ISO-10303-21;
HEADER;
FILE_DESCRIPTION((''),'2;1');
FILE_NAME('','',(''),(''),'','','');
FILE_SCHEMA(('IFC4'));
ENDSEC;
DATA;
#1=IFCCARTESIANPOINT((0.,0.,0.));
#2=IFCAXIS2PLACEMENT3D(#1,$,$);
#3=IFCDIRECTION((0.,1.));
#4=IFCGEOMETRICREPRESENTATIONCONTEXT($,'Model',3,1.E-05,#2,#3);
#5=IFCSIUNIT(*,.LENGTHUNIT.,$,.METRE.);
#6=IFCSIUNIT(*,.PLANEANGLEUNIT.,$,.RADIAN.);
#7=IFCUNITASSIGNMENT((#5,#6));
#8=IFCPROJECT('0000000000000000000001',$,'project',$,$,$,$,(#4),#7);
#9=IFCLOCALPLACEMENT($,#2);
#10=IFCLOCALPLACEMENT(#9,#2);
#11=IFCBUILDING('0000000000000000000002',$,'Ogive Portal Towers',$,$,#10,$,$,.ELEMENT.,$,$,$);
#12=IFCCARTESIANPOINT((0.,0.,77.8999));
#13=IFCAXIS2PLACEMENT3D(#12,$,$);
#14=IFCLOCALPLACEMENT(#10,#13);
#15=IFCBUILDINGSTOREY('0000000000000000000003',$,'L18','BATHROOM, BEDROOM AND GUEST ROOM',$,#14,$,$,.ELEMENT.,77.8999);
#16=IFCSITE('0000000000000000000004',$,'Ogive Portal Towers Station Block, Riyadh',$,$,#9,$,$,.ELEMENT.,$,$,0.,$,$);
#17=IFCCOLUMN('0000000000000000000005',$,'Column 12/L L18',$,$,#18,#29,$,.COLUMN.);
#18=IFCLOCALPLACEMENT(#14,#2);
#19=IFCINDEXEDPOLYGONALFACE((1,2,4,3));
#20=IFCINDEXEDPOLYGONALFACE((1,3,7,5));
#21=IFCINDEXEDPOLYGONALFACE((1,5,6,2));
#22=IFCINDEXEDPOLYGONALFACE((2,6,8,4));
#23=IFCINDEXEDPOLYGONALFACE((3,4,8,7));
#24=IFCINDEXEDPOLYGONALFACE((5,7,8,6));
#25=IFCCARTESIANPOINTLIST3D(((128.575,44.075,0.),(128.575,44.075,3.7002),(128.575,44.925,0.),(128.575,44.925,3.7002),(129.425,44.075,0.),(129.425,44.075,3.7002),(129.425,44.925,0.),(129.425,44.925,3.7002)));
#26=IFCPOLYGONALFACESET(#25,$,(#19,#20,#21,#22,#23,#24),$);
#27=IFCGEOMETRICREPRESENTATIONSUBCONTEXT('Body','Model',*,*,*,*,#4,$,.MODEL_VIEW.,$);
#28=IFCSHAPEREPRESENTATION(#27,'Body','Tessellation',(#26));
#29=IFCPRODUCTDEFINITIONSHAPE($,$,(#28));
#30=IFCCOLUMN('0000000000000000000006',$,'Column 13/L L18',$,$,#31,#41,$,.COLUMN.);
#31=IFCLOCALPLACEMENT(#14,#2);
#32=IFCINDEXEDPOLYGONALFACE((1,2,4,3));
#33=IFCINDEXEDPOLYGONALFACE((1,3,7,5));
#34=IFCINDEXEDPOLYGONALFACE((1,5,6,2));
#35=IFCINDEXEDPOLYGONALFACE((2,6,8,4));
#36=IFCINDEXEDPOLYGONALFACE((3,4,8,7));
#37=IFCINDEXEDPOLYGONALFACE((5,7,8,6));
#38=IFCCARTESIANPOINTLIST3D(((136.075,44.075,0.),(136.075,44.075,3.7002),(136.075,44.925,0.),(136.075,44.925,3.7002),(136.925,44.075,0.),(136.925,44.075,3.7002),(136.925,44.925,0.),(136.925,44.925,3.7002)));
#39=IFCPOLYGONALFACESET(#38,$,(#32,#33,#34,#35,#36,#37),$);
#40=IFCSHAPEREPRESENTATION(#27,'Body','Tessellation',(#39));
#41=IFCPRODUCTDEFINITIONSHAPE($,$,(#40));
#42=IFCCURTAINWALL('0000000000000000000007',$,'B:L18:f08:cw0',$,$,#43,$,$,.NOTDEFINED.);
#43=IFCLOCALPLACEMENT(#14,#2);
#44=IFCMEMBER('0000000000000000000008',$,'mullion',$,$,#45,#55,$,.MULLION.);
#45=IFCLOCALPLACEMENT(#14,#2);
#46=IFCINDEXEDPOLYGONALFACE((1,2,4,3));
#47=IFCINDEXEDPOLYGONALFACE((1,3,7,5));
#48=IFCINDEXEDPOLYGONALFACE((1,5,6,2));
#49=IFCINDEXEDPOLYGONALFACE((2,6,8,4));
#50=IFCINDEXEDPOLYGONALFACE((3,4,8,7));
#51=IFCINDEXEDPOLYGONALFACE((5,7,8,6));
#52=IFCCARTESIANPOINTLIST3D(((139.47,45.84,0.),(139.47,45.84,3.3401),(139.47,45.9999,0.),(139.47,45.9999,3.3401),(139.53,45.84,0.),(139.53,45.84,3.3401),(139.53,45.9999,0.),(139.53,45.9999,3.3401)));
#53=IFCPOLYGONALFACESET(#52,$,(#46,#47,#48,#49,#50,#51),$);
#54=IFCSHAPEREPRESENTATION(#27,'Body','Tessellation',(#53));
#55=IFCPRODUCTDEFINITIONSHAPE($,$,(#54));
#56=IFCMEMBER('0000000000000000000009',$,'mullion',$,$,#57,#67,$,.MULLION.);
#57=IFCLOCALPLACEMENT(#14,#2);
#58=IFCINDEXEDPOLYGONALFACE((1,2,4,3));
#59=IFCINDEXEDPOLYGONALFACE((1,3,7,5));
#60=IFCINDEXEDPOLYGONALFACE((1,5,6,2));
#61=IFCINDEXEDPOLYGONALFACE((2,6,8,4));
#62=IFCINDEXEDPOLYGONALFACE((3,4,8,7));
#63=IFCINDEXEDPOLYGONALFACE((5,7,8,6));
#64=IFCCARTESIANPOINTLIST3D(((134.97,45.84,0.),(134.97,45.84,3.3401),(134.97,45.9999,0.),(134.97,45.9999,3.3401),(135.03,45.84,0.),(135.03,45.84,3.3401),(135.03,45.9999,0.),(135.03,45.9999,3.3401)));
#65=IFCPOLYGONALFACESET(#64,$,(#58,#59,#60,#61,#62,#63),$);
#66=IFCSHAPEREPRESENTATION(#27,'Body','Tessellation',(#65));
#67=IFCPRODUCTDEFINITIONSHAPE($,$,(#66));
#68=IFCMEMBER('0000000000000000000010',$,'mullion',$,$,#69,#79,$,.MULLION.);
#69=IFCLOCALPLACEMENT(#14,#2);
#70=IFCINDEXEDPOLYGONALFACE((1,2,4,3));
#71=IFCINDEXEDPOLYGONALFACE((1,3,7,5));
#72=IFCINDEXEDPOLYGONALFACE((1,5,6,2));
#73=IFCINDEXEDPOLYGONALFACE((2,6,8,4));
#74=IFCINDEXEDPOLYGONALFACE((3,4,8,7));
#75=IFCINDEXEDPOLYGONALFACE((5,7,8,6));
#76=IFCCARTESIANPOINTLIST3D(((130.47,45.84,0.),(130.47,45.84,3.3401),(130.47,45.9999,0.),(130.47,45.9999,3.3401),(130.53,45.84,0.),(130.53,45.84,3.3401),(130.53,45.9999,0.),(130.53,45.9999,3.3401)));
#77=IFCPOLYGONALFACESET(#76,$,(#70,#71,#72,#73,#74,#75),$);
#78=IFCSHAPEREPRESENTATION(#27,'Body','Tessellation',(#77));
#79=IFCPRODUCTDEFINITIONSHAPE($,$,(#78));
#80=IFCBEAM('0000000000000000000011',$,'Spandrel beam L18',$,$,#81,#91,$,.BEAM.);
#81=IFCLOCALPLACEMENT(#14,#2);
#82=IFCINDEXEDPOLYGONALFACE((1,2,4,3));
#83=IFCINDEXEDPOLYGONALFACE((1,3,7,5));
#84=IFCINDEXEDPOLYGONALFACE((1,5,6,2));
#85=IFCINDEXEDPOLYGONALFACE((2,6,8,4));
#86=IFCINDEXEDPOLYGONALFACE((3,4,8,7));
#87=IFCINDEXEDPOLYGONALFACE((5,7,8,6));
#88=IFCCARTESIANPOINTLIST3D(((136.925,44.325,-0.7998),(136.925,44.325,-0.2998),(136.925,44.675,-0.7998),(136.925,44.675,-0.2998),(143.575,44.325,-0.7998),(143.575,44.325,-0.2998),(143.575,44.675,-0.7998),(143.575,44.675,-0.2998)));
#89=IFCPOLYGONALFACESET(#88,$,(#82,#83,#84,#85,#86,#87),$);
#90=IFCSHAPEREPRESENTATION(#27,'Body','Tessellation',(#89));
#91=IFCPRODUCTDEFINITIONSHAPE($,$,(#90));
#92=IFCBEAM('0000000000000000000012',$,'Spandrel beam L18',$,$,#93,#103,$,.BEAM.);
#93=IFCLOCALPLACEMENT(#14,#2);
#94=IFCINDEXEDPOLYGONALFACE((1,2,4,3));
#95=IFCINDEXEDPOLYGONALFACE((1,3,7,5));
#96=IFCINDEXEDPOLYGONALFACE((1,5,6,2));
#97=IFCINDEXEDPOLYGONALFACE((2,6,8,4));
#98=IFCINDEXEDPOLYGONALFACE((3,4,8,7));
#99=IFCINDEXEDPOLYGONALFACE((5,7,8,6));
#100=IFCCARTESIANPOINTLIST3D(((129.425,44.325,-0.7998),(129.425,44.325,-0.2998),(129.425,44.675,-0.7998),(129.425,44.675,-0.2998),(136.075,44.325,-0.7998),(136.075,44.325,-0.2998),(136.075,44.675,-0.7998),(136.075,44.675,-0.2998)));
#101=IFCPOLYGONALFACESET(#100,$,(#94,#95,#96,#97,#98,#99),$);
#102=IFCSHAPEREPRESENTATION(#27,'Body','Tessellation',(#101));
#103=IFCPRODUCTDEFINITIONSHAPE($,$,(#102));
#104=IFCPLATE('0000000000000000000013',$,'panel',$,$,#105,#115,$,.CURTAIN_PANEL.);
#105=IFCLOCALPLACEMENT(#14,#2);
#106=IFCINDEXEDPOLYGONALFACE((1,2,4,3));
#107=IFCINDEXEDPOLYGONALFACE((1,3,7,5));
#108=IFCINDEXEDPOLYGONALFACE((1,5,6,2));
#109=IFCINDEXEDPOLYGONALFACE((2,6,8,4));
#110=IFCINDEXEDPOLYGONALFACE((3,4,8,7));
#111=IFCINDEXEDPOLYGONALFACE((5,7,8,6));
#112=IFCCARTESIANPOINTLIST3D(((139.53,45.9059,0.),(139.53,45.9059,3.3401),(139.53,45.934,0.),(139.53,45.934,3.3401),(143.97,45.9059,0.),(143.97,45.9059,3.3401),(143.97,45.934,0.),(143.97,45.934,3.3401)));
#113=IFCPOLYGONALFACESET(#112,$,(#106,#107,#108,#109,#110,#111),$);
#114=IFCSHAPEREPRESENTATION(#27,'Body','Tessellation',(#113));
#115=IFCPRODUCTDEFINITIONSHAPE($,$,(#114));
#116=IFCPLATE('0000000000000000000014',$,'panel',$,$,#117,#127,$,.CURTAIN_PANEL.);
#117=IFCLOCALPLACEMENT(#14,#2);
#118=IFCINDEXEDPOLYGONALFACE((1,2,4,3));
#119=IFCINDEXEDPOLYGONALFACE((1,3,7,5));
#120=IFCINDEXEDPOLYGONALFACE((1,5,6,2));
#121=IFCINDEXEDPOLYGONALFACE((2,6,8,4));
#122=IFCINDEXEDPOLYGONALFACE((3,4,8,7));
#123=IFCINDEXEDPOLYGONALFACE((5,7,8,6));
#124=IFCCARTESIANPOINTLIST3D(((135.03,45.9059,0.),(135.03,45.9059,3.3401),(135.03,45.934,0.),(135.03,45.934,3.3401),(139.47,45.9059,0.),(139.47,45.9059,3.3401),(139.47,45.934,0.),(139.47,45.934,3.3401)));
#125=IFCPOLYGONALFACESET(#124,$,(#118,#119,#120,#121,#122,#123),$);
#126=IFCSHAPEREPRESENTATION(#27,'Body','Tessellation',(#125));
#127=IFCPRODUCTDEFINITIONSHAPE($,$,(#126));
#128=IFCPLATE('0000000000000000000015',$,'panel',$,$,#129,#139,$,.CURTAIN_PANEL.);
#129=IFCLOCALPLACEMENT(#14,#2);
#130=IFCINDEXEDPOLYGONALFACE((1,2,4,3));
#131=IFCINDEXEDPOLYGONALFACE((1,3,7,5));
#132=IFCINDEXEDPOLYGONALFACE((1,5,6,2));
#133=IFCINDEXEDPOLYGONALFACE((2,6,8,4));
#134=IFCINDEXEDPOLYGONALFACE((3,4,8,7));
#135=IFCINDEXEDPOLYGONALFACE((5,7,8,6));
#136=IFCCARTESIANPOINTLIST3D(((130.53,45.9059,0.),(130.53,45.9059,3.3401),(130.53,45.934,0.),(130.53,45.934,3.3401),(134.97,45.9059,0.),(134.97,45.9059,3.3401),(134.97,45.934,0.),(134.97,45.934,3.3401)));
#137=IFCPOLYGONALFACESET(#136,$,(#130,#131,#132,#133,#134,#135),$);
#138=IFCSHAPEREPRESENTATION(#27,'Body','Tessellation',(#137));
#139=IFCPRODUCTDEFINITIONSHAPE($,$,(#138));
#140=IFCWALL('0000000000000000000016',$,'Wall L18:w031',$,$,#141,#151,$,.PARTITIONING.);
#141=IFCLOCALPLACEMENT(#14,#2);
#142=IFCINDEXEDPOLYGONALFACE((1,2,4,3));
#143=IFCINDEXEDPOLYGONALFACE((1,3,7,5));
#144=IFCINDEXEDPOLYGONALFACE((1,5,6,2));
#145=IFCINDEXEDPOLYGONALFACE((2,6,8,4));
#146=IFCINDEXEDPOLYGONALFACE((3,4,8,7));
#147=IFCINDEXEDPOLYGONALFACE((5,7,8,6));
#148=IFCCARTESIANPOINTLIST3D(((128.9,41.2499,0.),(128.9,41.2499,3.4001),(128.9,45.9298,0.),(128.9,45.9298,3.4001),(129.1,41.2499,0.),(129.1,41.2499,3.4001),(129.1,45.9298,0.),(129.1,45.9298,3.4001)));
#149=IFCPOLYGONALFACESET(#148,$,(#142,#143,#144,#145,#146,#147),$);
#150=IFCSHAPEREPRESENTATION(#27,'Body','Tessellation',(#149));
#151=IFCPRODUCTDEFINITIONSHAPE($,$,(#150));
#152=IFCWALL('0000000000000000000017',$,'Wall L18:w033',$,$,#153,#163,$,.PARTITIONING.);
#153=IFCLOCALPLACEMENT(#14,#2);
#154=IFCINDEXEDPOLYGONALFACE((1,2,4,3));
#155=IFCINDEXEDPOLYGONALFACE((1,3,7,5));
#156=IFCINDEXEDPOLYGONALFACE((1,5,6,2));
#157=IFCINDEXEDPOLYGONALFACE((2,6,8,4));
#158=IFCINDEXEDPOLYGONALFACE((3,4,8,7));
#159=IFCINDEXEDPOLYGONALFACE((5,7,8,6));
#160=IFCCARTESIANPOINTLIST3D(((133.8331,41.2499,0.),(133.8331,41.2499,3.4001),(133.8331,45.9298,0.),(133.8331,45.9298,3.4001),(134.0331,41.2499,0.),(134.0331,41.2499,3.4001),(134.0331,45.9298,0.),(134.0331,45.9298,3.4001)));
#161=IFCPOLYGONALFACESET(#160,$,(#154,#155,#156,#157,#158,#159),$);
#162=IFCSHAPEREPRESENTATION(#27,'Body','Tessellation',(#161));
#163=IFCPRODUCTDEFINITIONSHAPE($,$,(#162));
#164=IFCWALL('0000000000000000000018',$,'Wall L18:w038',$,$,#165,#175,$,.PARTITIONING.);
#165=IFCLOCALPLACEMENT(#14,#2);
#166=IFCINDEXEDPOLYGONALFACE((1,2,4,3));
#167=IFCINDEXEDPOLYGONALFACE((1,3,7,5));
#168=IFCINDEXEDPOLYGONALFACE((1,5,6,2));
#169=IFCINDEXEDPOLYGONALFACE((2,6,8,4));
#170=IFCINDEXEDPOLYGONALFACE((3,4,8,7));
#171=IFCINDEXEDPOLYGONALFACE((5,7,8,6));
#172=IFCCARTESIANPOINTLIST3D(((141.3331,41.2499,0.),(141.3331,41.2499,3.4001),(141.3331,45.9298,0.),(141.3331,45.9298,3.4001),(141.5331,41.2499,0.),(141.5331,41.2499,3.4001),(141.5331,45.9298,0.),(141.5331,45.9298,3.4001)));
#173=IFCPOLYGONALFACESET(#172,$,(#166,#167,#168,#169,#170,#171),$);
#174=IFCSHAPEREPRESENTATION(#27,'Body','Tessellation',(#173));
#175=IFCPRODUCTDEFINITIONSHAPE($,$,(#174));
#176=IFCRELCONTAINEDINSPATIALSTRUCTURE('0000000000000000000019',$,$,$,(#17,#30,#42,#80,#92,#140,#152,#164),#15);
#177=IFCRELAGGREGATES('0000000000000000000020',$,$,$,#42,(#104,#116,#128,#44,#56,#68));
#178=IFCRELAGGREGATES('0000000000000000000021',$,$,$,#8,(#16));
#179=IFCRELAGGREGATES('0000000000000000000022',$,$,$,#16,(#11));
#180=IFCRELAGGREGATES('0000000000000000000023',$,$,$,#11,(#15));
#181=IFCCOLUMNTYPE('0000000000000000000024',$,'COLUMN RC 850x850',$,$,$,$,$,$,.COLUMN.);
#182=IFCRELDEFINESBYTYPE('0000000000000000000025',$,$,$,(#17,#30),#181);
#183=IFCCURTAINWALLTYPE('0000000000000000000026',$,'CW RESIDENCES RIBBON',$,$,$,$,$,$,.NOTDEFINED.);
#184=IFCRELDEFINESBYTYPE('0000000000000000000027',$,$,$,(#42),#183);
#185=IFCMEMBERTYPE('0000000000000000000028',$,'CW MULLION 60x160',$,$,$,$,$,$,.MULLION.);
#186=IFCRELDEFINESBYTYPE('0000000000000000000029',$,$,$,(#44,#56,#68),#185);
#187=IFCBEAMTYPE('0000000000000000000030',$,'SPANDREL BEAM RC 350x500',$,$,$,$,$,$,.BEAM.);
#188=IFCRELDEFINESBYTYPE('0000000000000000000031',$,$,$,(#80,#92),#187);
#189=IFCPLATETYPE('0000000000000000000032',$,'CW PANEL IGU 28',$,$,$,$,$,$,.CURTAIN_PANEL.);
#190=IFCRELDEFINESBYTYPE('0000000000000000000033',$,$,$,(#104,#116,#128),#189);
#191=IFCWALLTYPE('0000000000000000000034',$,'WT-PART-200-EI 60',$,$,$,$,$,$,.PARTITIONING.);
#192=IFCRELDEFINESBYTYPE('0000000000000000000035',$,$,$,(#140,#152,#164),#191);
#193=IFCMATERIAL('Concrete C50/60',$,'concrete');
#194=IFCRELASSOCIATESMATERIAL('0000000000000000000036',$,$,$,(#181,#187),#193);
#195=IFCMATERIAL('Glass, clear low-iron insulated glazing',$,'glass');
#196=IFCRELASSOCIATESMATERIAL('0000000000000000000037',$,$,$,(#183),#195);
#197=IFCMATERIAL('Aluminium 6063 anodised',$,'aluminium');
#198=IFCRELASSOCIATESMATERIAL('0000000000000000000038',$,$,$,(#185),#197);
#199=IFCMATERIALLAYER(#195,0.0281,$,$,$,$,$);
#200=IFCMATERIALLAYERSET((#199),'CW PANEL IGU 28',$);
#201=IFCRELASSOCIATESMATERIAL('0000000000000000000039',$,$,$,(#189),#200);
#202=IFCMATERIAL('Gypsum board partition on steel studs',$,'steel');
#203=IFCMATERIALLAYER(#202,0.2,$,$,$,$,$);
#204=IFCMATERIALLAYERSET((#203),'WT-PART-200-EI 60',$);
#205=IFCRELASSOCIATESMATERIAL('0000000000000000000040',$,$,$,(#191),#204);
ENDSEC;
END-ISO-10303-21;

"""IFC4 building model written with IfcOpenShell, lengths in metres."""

from ifc_helpers import new_model, si_unit, direction, frame, frame_2d, origin, origin_2d, place, context, subcontext, project, spatial, rectangle, extrude, material, layer, layer_set, material_profile, profile_set, type_object, element, aggregate, save


model = new_model("IFC4")

# Units and contexts
model_context = context("Model", 3, precision=1e-05, world=origin(), true_north=direction((0.0, 1.0)))
body_context = subcontext(model_context, "Body", "Model", "MODEL_VIEW")
ifc_project = project(units=[si_unit("LENGTHUNIT", "METRE"), si_unit("PLANEANGLEUNIT", "RADIAN")], contexts=[model_context])

# Site, building, storey
site_placement = place(None, origin())
site = spatial("IfcSite", under=ifc_project, at=site_placement, Name="Ogive Portal Towers Station Block, Riyadh", CompositionType="ELEMENT", RefElevation=0.0)
building_placement = place(site_placement, origin())
building = spatial("IfcBuilding", under=site, at=building_placement, Name="Ogive Portal Towers", CompositionType="ELEMENT")
storey_placement = place(building_placement, frame((0.0, 0.0, 77.8999)))
storey = spatial("IfcBuildingStorey", under=building, at=storey_placement, Name="L18", Description="BATHROOM, BEDROOM AND GUEST ROOM", CompositionType="ELEMENT", Elevation=77.8999)

# Columns
ifc_material_1 = material(Name="Concrete C50/60", Category="concrete")
ifc_material_profile_1 = material_profile(ifc_material_1, rectangle(XDim=0.8501, YDim=0.8501, at=origin_2d()), Name="RC 850x850")
ifc_profile_set_1 = profile_set([ifc_material_profile_1], Name="Concrete C50/60")
column_type = type_object("IfcColumnType", Name="COLUMN RC 850x850", PredefinedType="COLUMN", material=ifc_profile_set_1)
for number, where, z_axis, x_axis, name in (
    (1, (129.0, 44.5, 0.0), (0.0, 0.0, 1.0), (1.0, 0.0, 0.0), "Column 12/L L18"),
    (2, (136.5, 44.5, 0.0), (0.0, 0.0, 1.0), (1.0, 0.0, 0.0), "Column 13/L L18"),
):
    element("IfcColumn", number, at=place(storey_placement, frame(where, z_axis=z_axis, x_axis=x_axis)), inside=storey, type_object=column_type, Name=name, PredefinedType="COLUMN", context=body_context, shape_type="SweptSolid", body=[
        extrude(rectangle(XDim=0.8501, YDim=0.8501, at=origin_2d()), origin(), (0.0, 0.0, 1.0), 3.7002),
    ])

# Curtain wall, members
ifc_material_2 = material(Name="Glass, clear low-iron insulated glazing", Category="glass")
curtain_wall_type = type_object("IfcCurtainWallType", Name="CW RESIDENCES RIBBON", PredefinedType="NOTDEFINED", material=ifc_material_2)
curtain_wall_placement = place(storey_placement, origin())
curtain_wall = element("IfcCurtainWall", 3, at=curtain_wall_placement, inside=storey, type_object=curtain_wall_type, Name="B:L18:f08:cw0", PredefinedType="NOTDEFINED")
ifc_material_3 = material(Name="Aluminium 6063 anodised", Category="aluminium")
ifc_material_profile_2 = material_profile(ifc_material_3, rectangle(XDim=0.1599, YDim=0.0601, at=origin_2d()), Name="AL 60x160")
ifc_profile_set_2 = profile_set([ifc_material_profile_2], Name="Aluminium 6063 anodised")
member_type = type_object("IfcMemberType", Name="CW MULLION 60x160", PredefinedType="MULLION", material=ifc_profile_set_2)
member_1_placement = place(storey_placement, frame((139.5, 45.9199, 0.0), z_axis=(0.0, 0.0, 1.0), x_axis=(0.0, -1.0, 0.0)))
member_1 = element("IfcMember", 4, at=member_1_placement, type_object=member_type, Name="mullion", PredefinedType="MULLION", context=body_context, shape_type="SweptSolid", body=[
    extrude(rectangle(XDim=0.1599, YDim=0.0601, at=origin_2d()), origin(), (0.0, 0.0, 1.0), 3.3401),
])
member_2_placement = place(storey_placement, frame((135.0, 45.9199, 0.0), z_axis=(0.0, 0.0, 1.0), x_axis=(0.0, -1.0, 0.0)))
member_2 = element("IfcMember", 5, at=member_2_placement, type_object=member_type, Name="mullion", PredefinedType="MULLION", context=body_context, shape_type="SweptSolid", body=[
    extrude(rectangle(XDim=0.1599, YDim=0.0601, at=origin_2d()), origin(), (0.0, 0.0, 1.0), 3.3401),
])
member_3_placement = place(storey_placement, frame((130.5, 45.9199, 0.0), z_axis=(0.0, 0.0, 1.0), x_axis=(0.0, -1.0, 0.0)))
member_3 = element("IfcMember", 6, at=member_3_placement, type_object=member_type, Name="mullion", PredefinedType="MULLION", context=body_context, shape_type="SweptSolid", body=[
    extrude(rectangle(XDim=0.1599, YDim=0.0601, at=origin_2d()), origin(), (0.0, 0.0, 1.0), 3.3401),
])

# Beams
ifc_material_profile_3 = material_profile(ifc_material_1, rectangle(XDim=0.3501, YDim=0.5, at=origin_2d()), Name="RC 350x500")
ifc_profile_set_3 = profile_set([ifc_material_profile_3], Name="Concrete C50/60")
beam_type = type_object("IfcBeamType", Name="SPANDREL BEAM RC 350x500", PredefinedType="BEAM", material=ifc_profile_set_3)
for number, where, z_axis, x_axis, name in (
    (7, (143.575, 44.5, -0.5498), (-1.0, 0.0, 0.0), (0.0, -1.0, 0.0), "Spandrel beam L18"),
    (8, (136.075, 44.5, -0.5498), (-1.0, 0.0, 0.0), (0.0, -1.0, 0.0), "Spandrel beam L18"),
):
    element("IfcBeam", number, at=place(storey_placement, frame(where, z_axis=z_axis, x_axis=x_axis)), inside=storey, type_object=beam_type, Name=name, PredefinedType="BEAM", context=body_context, shape_type="SweptSolid", body=[
        extrude(rectangle(XDim=0.3501, YDim=0.5, at=origin_2d()), origin(), (0.0, 0.0, 1.0), 6.6499),
    ])

# Plates
ifc_layer_1 = layer(ifc_material_2, 0.0281)
ifc_layer_set_1 = layer_set([ifc_layer_1], Name="CW PANEL IGU 28")
plate_type = type_object("IfcPlateType", Name="CW PANEL IGU 28", PredefinedType="CURTAIN_PANEL", material=ifc_layer_set_1)
plate_1_placement = place(storey_placement, frame((141.75, 45.9199, 0.0), z_axis=(0.0, 0.0, 1.0), x_axis=(-1.0, 0.0, 0.0)))
plate_1 = element("IfcPlate", 9, at=plate_1_placement, type_object=plate_type, Name="panel", PredefinedType="CURTAIN_PANEL", context=body_context, shape_type="SweptSolid", body=[
    extrude(rectangle(XDim=4.4399, YDim=0.0281, at=origin_2d()), origin(), (0.0, 0.0, 1.0), 3.3401),
])
plate_2_placement = place(storey_placement, frame((137.25, 45.9199, 0.0), z_axis=(0.0, 0.0, 1.0), x_axis=(-1.0, 0.0, 0.0)))
plate_2 = element("IfcPlate", 10, at=plate_2_placement, type_object=plate_type, Name="panel", PredefinedType="CURTAIN_PANEL", context=body_context, shape_type="SweptSolid", body=[
    extrude(rectangle(XDim=4.4399, YDim=0.0281, at=origin_2d()), origin(), (0.0, 0.0, 1.0), 3.3401),
])
plate_3_placement = place(storey_placement, frame((132.75, 45.9199, 0.0), z_axis=(0.0, 0.0, 1.0), x_axis=(-1.0, 0.0, 0.0)))
plate_3 = element("IfcPlate", 11, at=plate_3_placement, type_object=plate_type, Name="panel", PredefinedType="CURTAIN_PANEL", context=body_context, shape_type="SweptSolid", body=[
    extrude(rectangle(XDim=4.4399, YDim=0.0281, at=origin_2d()), origin(), (0.0, 0.0, 1.0), 3.3401),
])
aggregate(curtain_wall, [plate_1, plate_2, plate_3, member_1, member_2, member_3])

# Walls
ifc_material_4 = material(Name="Gypsum board partition on steel studs", Category="steel")
ifc_layer_2 = layer(ifc_material_4, 0.2)
ifc_layer_set_2 = layer_set([ifc_layer_2], Name="WT-PART-200-EI 60")
wall_type = type_object("IfcWallType", Name="WT-PART-200-EI 60", PredefinedType="PARTITIONING", material=ifc_layer_set_2)
for number, where, z_axis, x_axis, name in (
    (12, (129.0, 41.25, 0.0), (0.0, 0.0, 1.0), (0.0, 1.0, 0.0), "Wall L18:w031"),
    (13, (133.9331, 41.25, 0.0), (0.0, 0.0, 1.0), (0.0, 1.0, 0.0), "Wall L18:w033"),
    (14, (141.4331, 41.25, 0.0), (0.0, 0.0, 1.0), (0.0, 1.0, 0.0), "Wall L18:w038"),
):
    element("IfcWall", number, at=place(storey_placement, frame(where, z_axis=z_axis, x_axis=x_axis)), inside=storey, type_object=wall_type, Name=name, PredefinedType="PARTITIONING", context=body_context, shape_type="SweptSolid", body=[
        extrude(rectangle(XDim=4.6799, YDim=0.2, at=frame_2d((2.3398, 0.0))), origin(), (0.0, 0.0, 1.0), 3.4001),
    ])

save(model, "model.ifc")
